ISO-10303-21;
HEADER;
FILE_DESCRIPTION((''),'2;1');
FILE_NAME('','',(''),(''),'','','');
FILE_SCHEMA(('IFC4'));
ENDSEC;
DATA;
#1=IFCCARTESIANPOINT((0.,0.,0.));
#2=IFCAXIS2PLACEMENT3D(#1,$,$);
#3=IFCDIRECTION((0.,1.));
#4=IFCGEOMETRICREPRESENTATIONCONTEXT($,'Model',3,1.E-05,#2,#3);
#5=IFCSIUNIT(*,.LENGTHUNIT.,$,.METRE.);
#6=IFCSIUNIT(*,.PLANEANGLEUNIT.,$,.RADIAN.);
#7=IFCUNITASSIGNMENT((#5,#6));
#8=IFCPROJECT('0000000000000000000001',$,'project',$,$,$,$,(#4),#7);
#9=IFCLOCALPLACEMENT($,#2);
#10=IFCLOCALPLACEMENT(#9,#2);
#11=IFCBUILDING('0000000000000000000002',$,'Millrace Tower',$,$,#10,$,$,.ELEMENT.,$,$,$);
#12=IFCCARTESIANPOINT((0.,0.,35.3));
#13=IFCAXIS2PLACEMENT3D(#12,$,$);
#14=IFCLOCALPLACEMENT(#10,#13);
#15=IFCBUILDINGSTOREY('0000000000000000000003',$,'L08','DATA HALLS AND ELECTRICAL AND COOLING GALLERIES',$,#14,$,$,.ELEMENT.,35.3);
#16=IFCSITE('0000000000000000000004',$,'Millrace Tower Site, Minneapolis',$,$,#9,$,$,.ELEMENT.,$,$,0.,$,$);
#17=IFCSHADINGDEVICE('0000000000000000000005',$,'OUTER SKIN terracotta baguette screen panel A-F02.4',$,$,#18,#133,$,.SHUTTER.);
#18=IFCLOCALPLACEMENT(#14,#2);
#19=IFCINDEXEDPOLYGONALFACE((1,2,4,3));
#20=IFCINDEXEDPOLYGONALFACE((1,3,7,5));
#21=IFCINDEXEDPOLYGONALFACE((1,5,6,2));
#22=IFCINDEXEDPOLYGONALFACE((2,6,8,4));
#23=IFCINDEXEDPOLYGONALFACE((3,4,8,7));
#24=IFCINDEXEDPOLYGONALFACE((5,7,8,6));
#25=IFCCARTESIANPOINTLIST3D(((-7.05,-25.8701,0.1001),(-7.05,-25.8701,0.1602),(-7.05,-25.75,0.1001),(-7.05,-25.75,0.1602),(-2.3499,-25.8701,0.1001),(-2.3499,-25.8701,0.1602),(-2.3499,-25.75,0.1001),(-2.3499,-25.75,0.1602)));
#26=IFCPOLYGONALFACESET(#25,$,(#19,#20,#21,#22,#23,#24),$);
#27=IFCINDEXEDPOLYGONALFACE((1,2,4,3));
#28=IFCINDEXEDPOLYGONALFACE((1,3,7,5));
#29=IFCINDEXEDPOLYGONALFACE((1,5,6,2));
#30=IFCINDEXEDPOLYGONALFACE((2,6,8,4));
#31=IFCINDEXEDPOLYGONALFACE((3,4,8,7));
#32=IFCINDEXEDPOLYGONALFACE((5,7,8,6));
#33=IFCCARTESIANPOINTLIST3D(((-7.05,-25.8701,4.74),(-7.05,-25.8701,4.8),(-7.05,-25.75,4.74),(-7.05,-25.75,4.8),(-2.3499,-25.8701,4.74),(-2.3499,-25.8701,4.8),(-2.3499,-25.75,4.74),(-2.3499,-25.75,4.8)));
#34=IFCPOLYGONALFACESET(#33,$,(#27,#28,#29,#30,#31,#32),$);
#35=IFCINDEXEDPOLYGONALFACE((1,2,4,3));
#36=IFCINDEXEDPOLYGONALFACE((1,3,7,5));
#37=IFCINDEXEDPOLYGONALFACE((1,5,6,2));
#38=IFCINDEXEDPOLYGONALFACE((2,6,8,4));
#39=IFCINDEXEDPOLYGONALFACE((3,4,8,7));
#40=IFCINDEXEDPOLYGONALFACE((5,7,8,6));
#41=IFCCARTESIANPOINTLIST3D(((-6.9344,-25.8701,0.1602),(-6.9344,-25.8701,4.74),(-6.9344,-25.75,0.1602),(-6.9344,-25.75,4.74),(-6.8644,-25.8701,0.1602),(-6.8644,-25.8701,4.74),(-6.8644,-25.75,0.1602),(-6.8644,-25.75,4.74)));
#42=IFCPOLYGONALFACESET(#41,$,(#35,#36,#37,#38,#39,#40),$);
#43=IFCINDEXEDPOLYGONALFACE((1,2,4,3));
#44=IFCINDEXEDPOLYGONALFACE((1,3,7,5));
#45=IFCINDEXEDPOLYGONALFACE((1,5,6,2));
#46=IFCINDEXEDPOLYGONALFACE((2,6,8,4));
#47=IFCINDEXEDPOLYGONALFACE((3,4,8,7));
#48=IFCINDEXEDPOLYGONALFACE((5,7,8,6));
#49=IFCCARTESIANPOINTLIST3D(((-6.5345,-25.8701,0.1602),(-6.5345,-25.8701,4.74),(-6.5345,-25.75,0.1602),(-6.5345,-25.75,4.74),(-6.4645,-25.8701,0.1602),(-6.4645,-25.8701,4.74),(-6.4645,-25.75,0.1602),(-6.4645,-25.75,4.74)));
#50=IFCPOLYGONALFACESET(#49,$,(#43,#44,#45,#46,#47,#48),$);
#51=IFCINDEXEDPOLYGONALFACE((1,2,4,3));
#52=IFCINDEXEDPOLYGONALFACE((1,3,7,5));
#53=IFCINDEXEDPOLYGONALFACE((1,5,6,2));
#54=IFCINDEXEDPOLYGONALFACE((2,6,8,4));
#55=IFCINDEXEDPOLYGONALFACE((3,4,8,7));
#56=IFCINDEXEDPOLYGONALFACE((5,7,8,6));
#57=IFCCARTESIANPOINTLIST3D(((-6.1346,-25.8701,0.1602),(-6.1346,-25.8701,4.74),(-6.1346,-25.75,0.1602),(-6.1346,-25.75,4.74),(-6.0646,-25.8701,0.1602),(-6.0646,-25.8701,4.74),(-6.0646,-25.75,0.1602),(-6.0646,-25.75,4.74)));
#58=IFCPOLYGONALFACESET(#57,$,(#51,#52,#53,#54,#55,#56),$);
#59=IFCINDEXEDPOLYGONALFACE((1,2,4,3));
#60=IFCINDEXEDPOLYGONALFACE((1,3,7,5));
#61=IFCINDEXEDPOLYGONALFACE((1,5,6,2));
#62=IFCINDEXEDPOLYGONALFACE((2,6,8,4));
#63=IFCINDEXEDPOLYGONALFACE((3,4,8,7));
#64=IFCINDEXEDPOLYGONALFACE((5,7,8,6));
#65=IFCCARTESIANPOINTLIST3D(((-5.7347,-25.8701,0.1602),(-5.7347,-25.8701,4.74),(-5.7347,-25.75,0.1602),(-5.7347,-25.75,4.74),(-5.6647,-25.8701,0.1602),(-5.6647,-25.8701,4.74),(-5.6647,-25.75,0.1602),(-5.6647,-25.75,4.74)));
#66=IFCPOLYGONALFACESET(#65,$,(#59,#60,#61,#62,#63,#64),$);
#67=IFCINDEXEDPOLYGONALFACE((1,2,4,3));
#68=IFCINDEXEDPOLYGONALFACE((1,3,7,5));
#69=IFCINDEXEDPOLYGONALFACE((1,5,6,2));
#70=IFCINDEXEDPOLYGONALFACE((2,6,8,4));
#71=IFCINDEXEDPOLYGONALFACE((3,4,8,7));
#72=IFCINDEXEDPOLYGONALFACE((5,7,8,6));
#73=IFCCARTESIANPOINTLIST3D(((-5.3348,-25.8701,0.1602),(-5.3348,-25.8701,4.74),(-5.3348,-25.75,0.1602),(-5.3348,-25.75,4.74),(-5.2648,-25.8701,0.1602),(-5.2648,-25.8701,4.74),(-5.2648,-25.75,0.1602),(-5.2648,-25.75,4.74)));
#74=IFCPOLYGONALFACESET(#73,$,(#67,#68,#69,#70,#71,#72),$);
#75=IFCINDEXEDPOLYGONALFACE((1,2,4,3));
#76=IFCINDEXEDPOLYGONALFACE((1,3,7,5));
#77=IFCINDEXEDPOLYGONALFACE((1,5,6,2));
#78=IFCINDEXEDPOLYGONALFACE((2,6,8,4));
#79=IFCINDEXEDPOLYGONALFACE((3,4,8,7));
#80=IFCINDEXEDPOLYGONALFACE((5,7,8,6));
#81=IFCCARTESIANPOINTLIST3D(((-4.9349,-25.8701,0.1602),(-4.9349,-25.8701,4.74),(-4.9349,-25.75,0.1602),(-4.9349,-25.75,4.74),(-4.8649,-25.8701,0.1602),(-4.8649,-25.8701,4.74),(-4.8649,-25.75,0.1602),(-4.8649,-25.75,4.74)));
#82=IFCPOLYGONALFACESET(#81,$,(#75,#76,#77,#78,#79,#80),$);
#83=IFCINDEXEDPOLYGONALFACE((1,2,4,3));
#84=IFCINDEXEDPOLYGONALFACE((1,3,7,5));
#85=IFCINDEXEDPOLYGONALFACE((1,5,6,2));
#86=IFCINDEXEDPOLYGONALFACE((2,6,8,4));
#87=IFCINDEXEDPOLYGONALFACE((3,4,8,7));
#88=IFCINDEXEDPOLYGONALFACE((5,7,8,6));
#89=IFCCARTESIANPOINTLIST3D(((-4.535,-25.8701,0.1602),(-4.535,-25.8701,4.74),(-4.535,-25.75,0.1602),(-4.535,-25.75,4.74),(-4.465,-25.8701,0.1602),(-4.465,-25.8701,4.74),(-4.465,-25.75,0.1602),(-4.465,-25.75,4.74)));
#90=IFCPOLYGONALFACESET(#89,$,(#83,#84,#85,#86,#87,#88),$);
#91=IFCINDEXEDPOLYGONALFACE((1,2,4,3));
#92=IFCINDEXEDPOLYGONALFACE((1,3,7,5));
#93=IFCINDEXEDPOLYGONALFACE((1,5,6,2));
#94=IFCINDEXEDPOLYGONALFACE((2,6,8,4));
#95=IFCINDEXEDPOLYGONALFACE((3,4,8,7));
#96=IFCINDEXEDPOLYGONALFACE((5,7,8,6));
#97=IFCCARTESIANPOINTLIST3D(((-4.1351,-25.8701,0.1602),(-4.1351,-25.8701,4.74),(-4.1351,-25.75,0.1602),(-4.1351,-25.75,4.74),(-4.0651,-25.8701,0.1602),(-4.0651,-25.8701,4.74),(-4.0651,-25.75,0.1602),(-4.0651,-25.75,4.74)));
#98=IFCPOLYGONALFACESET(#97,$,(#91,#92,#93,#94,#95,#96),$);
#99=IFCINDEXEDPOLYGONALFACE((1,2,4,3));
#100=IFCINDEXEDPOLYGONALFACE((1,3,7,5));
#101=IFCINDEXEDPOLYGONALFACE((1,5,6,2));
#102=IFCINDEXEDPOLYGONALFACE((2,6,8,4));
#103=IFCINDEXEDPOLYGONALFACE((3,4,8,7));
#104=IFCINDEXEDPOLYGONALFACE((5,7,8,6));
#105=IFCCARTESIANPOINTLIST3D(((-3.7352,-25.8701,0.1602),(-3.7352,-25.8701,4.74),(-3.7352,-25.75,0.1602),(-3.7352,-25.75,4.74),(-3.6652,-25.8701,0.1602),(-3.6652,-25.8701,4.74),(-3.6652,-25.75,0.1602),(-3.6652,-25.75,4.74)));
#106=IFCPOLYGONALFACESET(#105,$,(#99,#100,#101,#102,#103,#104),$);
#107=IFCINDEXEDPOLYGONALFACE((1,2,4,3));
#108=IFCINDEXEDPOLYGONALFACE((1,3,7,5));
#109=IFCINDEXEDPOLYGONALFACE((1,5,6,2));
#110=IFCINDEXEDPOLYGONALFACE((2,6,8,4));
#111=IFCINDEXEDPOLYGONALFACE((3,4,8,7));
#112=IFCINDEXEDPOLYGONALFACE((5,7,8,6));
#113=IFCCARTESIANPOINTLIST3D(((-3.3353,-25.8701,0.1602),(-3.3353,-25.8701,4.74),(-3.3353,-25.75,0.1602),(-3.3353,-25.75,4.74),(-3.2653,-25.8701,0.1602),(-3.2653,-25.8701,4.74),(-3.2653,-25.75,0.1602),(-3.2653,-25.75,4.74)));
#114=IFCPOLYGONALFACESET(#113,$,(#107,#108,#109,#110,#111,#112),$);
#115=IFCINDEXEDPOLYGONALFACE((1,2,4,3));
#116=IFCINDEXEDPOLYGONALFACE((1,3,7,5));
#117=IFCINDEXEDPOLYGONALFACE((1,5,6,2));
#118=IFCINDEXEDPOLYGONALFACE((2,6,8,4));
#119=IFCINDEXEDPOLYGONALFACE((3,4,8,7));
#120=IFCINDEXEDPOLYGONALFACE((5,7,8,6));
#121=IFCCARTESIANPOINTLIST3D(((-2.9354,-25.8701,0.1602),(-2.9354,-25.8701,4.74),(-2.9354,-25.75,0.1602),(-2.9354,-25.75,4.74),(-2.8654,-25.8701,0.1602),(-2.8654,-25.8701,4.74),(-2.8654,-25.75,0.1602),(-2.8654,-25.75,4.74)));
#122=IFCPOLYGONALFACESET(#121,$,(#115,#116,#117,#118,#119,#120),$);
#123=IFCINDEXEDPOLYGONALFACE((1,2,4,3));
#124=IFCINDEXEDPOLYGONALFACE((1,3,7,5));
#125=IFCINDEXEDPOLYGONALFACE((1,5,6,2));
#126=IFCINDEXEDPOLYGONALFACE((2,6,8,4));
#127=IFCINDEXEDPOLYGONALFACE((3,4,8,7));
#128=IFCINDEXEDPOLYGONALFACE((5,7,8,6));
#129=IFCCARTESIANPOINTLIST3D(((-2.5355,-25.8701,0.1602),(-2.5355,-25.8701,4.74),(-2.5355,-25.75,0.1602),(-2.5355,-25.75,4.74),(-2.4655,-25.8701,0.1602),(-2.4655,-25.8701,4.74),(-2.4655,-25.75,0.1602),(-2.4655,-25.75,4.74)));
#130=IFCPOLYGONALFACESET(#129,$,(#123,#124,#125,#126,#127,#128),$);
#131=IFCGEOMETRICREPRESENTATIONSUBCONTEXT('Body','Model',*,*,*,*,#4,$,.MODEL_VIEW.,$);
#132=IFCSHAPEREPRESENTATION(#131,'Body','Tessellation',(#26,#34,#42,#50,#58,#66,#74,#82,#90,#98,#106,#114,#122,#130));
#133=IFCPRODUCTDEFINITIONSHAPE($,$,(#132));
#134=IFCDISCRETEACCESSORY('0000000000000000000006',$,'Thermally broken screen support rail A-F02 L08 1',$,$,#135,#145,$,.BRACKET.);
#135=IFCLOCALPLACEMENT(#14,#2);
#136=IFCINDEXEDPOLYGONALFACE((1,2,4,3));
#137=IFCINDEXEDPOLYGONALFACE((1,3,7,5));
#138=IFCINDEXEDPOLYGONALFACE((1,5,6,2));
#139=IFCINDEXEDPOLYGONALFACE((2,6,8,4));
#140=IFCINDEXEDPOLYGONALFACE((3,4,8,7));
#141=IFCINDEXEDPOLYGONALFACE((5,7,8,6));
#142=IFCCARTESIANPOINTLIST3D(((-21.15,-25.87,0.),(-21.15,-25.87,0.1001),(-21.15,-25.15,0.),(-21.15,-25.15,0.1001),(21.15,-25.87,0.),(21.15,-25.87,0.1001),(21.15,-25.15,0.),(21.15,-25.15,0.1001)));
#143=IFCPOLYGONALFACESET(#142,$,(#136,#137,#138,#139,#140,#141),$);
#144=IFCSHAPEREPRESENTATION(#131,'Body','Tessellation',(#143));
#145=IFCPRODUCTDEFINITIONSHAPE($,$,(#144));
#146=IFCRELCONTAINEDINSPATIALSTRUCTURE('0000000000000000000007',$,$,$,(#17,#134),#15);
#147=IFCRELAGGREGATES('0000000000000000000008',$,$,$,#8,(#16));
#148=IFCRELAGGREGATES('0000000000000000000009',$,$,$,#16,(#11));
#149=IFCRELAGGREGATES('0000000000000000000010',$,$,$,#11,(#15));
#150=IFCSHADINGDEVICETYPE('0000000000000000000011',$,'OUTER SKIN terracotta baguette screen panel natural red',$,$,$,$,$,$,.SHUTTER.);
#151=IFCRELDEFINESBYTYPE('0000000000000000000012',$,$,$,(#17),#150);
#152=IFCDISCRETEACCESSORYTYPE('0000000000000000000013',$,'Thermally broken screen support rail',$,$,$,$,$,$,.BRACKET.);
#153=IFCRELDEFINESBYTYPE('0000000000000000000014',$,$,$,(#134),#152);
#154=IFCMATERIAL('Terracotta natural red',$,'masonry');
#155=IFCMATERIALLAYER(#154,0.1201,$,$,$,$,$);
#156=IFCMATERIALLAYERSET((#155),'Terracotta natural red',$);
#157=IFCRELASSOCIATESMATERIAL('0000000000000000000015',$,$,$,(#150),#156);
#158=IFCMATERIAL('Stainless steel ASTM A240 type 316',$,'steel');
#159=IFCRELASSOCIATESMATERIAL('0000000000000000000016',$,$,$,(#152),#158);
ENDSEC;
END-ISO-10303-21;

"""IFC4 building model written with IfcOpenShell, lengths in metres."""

from ifc_helpers import new_model, entity, si_unit, direction, frame, frame_2d, origin, origin_2d, place, context, subcontext, project, spatial, rectangle, extrude, source, transform, mapped, material, layer, layer_set, type_object, element, save


model = new_model("IFC4")

# Units and contexts
model_context = context("Model", 3, precision=1e-05, world=origin(), true_north=direction((0.0, 1.0)))
body_context = subcontext(model_context, "Body", "Model", "MODEL_VIEW")
ifc_project = project(units=[si_unit("LENGTHUNIT", "METRE"), si_unit("PLANEANGLEUNIT", "RADIAN")], contexts=[model_context])

# Site, building, storey
site_placement = place(None, origin())
site = spatial("IfcSite", under=ifc_project, at=site_placement, Name="Millrace Tower Site, Minneapolis", CompositionType="ELEMENT", RefElevation=0.0)
building_placement = place(site_placement, origin())
building = spatial("IfcBuilding", under=site, at=building_placement, Name="Millrace Tower", CompositionType="ELEMENT")
storey_placement = place(building_placement, frame((0.0, 0.0, 35.3)))
storey = spatial("IfcBuildingStorey", under=building, at=storey_placement, Name="L08", Description="DATA HALLS AND ELECTRICAL AND COOLING GALLERIES", CompositionType="ELEMENT", Elevation=35.3)

# Shading device
cartesian_point = entity("IfcCartesianPoint", [-2.3501, 0.0601])
shared_polyline = entity("IfcPolyline", [cartesian_point, entity("IfcCartesianPoint", [2.3501, 0.0601]), entity("IfcCartesianPoint", [2.3501, -0.0601]), entity("IfcCartesianPoint", [-2.3501, -0.0601]), cartesian_point])
ifc_material_1 = material(Name="Terracotta natural red", Category="masonry")
ifc_layer_1 = layer(ifc_material_1, 0.1201)
ifc_layer_set_1 = layer_set([ifc_layer_1], Name="Terracotta natural red")
shading_device_type_1 = type_object("IfcShadingDeviceType", Name="OUTER SKIN terracotta baguette screen panel natural red", PredefinedType="SHUTTER", material=ifc_layer_set_1)
shared_shape_1 = source(origin(), body_context, "Body", "SweptSolid", [
    entity("IfcExtrudedAreaSolid", entity("IfcArbitraryClosedProfileDef", "AREA", None, shared_polyline), entity("IfcAxis2Placement3D", entity("IfcCartesianPoint", [0.0, 0.0, 0.0])), entity("IfcDirection", [0.0, 0.0, 1.0]), 0.0601),
    entity("IfcExtrudedAreaSolid", entity("IfcArbitraryClosedProfileDef", "AREA", None, shared_polyline), entity("IfcAxis2Placement3D", entity("IfcCartesianPoint", [0.0, 0.0, 4.6399])), entity("IfcDirection", [0.0, 0.0, 1.0]), 0.0601),
    extrude(rectangle(XDim=0.0701, YDim=0.1201, at=frame_2d((-2.1995, 0.0))), frame((0.0, 0.0, 0.0601)), (0.0, 0.0, 1.0), 4.5798),
    extrude(rectangle(XDim=0.0701, YDim=0.1201, at=frame_2d((-1.7996, 0.0))), frame((0.0, 0.0, 0.0601)), (0.0, 0.0, 1.0), 4.5798),
    extrude(rectangle(XDim=0.0701, YDim=0.1201, at=frame_2d((-1.3997, 0.0))), frame((0.0, 0.0, 0.0601)), (0.0, 0.0, 1.0), 4.5798),
    extrude(rectangle(XDim=0.0701, YDim=0.1201, at=frame_2d((-0.9998, 0.0))), frame((0.0, 0.0, 0.0601)), (0.0, 0.0, 1.0), 4.5798),
    extrude(rectangle(XDim=0.0701, YDim=0.1201, at=frame_2d((-0.5999, 0.0))), frame((0.0, 0.0, 0.0601)), (0.0, 0.0, 1.0), 4.5798),
    extrude(rectangle(XDim=0.0701, YDim=0.1201, at=frame_2d((-0.2, 0.0))), frame((0.0, 0.0, 0.0601)), (0.0, 0.0, 1.0), 4.5798),
    extrude(rectangle(XDim=0.0701, YDim=0.1201, at=frame_2d((0.2, 0.0))), frame((0.0, 0.0, 0.0601)), (0.0, 0.0, 1.0), 4.5798),
    extrude(rectangle(XDim=0.0701, YDim=0.1201, at=frame_2d((0.5999, 0.0))), frame((0.0, 0.0, 0.0601)), (0.0, 0.0, 1.0), 4.5798),
    extrude(rectangle(XDim=0.0701, YDim=0.1201, at=frame_2d((0.9998, 0.0))), frame((0.0, 0.0, 0.0601)), (0.0, 0.0, 1.0), 4.5798),
    extrude(rectangle(XDim=0.0701, YDim=0.1201, at=frame_2d((1.3997, 0.0))), frame((0.0, 0.0, 0.0601)), (0.0, 0.0, 1.0), 4.5798),
    extrude(rectangle(XDim=0.0701, YDim=0.1201, at=frame_2d((1.7996, 0.0))), frame((0.0, 0.0, 0.0601)), (0.0, 0.0, 1.0), 4.5798),
    extrude(rectangle(XDim=0.0701, YDim=0.1201, at=frame_2d((2.1995, 0.0))), frame((0.0, 0.0, 0.0601)), (0.0, 0.0, 1.0), 4.5798),
])
for number, where, z_axis, x_axis, name in (
    (1, (-4.7, -25.8101, 0.1001), (0.0, 0.0, 1.0), (1.0, 0.0, 0.0), "OUTER SKIN terracotta baguette screen panel A-F02.4"),
):
    element("IfcShadingDevice", number, at=place(storey_placement, frame(where, z_axis=z_axis, x_axis=x_axis)), inside=storey, type_object=shading_device_type_1, Name=name, PredefinedType="SHUTTER", context=body_context, shape_type="MappedRepresentation", body=[
        mapped(shared_shape_1, transform((0.0, 0.0, 0.0), scale=1.0)),
    ])

# Discrete accessory
ifc_material_2 = material(Name="Stainless steel ASTM A240 type 316", Category="steel")
discrete_accessory_type = type_object("IfcDiscreteAccessoryType", Name="Thermally broken screen support rail", PredefinedType="BRACKET", material=ifc_material_2)
discrete_accessory_placement = place(storey_placement, frame((0.0, -25.51, 0.0), z_axis=(0.0, 0.0, 1.0), x_axis=(1.0, 0.0, 0.0)))
element("IfcDiscreteAccessory", 2, at=discrete_accessory_placement, inside=storey, type_object=discrete_accessory_type, Name="Thermally broken screen support rail A-F02 L08 1", PredefinedType="BRACKET", context=body_context, shape_type="SweptSolid", body=[
    extrude(rectangle(XDim=42.3, YDim=0.72, at=origin_2d()), origin(), (0.0, 0.0, 1.0), 0.1001),
])

save(model, "model.ifc")
